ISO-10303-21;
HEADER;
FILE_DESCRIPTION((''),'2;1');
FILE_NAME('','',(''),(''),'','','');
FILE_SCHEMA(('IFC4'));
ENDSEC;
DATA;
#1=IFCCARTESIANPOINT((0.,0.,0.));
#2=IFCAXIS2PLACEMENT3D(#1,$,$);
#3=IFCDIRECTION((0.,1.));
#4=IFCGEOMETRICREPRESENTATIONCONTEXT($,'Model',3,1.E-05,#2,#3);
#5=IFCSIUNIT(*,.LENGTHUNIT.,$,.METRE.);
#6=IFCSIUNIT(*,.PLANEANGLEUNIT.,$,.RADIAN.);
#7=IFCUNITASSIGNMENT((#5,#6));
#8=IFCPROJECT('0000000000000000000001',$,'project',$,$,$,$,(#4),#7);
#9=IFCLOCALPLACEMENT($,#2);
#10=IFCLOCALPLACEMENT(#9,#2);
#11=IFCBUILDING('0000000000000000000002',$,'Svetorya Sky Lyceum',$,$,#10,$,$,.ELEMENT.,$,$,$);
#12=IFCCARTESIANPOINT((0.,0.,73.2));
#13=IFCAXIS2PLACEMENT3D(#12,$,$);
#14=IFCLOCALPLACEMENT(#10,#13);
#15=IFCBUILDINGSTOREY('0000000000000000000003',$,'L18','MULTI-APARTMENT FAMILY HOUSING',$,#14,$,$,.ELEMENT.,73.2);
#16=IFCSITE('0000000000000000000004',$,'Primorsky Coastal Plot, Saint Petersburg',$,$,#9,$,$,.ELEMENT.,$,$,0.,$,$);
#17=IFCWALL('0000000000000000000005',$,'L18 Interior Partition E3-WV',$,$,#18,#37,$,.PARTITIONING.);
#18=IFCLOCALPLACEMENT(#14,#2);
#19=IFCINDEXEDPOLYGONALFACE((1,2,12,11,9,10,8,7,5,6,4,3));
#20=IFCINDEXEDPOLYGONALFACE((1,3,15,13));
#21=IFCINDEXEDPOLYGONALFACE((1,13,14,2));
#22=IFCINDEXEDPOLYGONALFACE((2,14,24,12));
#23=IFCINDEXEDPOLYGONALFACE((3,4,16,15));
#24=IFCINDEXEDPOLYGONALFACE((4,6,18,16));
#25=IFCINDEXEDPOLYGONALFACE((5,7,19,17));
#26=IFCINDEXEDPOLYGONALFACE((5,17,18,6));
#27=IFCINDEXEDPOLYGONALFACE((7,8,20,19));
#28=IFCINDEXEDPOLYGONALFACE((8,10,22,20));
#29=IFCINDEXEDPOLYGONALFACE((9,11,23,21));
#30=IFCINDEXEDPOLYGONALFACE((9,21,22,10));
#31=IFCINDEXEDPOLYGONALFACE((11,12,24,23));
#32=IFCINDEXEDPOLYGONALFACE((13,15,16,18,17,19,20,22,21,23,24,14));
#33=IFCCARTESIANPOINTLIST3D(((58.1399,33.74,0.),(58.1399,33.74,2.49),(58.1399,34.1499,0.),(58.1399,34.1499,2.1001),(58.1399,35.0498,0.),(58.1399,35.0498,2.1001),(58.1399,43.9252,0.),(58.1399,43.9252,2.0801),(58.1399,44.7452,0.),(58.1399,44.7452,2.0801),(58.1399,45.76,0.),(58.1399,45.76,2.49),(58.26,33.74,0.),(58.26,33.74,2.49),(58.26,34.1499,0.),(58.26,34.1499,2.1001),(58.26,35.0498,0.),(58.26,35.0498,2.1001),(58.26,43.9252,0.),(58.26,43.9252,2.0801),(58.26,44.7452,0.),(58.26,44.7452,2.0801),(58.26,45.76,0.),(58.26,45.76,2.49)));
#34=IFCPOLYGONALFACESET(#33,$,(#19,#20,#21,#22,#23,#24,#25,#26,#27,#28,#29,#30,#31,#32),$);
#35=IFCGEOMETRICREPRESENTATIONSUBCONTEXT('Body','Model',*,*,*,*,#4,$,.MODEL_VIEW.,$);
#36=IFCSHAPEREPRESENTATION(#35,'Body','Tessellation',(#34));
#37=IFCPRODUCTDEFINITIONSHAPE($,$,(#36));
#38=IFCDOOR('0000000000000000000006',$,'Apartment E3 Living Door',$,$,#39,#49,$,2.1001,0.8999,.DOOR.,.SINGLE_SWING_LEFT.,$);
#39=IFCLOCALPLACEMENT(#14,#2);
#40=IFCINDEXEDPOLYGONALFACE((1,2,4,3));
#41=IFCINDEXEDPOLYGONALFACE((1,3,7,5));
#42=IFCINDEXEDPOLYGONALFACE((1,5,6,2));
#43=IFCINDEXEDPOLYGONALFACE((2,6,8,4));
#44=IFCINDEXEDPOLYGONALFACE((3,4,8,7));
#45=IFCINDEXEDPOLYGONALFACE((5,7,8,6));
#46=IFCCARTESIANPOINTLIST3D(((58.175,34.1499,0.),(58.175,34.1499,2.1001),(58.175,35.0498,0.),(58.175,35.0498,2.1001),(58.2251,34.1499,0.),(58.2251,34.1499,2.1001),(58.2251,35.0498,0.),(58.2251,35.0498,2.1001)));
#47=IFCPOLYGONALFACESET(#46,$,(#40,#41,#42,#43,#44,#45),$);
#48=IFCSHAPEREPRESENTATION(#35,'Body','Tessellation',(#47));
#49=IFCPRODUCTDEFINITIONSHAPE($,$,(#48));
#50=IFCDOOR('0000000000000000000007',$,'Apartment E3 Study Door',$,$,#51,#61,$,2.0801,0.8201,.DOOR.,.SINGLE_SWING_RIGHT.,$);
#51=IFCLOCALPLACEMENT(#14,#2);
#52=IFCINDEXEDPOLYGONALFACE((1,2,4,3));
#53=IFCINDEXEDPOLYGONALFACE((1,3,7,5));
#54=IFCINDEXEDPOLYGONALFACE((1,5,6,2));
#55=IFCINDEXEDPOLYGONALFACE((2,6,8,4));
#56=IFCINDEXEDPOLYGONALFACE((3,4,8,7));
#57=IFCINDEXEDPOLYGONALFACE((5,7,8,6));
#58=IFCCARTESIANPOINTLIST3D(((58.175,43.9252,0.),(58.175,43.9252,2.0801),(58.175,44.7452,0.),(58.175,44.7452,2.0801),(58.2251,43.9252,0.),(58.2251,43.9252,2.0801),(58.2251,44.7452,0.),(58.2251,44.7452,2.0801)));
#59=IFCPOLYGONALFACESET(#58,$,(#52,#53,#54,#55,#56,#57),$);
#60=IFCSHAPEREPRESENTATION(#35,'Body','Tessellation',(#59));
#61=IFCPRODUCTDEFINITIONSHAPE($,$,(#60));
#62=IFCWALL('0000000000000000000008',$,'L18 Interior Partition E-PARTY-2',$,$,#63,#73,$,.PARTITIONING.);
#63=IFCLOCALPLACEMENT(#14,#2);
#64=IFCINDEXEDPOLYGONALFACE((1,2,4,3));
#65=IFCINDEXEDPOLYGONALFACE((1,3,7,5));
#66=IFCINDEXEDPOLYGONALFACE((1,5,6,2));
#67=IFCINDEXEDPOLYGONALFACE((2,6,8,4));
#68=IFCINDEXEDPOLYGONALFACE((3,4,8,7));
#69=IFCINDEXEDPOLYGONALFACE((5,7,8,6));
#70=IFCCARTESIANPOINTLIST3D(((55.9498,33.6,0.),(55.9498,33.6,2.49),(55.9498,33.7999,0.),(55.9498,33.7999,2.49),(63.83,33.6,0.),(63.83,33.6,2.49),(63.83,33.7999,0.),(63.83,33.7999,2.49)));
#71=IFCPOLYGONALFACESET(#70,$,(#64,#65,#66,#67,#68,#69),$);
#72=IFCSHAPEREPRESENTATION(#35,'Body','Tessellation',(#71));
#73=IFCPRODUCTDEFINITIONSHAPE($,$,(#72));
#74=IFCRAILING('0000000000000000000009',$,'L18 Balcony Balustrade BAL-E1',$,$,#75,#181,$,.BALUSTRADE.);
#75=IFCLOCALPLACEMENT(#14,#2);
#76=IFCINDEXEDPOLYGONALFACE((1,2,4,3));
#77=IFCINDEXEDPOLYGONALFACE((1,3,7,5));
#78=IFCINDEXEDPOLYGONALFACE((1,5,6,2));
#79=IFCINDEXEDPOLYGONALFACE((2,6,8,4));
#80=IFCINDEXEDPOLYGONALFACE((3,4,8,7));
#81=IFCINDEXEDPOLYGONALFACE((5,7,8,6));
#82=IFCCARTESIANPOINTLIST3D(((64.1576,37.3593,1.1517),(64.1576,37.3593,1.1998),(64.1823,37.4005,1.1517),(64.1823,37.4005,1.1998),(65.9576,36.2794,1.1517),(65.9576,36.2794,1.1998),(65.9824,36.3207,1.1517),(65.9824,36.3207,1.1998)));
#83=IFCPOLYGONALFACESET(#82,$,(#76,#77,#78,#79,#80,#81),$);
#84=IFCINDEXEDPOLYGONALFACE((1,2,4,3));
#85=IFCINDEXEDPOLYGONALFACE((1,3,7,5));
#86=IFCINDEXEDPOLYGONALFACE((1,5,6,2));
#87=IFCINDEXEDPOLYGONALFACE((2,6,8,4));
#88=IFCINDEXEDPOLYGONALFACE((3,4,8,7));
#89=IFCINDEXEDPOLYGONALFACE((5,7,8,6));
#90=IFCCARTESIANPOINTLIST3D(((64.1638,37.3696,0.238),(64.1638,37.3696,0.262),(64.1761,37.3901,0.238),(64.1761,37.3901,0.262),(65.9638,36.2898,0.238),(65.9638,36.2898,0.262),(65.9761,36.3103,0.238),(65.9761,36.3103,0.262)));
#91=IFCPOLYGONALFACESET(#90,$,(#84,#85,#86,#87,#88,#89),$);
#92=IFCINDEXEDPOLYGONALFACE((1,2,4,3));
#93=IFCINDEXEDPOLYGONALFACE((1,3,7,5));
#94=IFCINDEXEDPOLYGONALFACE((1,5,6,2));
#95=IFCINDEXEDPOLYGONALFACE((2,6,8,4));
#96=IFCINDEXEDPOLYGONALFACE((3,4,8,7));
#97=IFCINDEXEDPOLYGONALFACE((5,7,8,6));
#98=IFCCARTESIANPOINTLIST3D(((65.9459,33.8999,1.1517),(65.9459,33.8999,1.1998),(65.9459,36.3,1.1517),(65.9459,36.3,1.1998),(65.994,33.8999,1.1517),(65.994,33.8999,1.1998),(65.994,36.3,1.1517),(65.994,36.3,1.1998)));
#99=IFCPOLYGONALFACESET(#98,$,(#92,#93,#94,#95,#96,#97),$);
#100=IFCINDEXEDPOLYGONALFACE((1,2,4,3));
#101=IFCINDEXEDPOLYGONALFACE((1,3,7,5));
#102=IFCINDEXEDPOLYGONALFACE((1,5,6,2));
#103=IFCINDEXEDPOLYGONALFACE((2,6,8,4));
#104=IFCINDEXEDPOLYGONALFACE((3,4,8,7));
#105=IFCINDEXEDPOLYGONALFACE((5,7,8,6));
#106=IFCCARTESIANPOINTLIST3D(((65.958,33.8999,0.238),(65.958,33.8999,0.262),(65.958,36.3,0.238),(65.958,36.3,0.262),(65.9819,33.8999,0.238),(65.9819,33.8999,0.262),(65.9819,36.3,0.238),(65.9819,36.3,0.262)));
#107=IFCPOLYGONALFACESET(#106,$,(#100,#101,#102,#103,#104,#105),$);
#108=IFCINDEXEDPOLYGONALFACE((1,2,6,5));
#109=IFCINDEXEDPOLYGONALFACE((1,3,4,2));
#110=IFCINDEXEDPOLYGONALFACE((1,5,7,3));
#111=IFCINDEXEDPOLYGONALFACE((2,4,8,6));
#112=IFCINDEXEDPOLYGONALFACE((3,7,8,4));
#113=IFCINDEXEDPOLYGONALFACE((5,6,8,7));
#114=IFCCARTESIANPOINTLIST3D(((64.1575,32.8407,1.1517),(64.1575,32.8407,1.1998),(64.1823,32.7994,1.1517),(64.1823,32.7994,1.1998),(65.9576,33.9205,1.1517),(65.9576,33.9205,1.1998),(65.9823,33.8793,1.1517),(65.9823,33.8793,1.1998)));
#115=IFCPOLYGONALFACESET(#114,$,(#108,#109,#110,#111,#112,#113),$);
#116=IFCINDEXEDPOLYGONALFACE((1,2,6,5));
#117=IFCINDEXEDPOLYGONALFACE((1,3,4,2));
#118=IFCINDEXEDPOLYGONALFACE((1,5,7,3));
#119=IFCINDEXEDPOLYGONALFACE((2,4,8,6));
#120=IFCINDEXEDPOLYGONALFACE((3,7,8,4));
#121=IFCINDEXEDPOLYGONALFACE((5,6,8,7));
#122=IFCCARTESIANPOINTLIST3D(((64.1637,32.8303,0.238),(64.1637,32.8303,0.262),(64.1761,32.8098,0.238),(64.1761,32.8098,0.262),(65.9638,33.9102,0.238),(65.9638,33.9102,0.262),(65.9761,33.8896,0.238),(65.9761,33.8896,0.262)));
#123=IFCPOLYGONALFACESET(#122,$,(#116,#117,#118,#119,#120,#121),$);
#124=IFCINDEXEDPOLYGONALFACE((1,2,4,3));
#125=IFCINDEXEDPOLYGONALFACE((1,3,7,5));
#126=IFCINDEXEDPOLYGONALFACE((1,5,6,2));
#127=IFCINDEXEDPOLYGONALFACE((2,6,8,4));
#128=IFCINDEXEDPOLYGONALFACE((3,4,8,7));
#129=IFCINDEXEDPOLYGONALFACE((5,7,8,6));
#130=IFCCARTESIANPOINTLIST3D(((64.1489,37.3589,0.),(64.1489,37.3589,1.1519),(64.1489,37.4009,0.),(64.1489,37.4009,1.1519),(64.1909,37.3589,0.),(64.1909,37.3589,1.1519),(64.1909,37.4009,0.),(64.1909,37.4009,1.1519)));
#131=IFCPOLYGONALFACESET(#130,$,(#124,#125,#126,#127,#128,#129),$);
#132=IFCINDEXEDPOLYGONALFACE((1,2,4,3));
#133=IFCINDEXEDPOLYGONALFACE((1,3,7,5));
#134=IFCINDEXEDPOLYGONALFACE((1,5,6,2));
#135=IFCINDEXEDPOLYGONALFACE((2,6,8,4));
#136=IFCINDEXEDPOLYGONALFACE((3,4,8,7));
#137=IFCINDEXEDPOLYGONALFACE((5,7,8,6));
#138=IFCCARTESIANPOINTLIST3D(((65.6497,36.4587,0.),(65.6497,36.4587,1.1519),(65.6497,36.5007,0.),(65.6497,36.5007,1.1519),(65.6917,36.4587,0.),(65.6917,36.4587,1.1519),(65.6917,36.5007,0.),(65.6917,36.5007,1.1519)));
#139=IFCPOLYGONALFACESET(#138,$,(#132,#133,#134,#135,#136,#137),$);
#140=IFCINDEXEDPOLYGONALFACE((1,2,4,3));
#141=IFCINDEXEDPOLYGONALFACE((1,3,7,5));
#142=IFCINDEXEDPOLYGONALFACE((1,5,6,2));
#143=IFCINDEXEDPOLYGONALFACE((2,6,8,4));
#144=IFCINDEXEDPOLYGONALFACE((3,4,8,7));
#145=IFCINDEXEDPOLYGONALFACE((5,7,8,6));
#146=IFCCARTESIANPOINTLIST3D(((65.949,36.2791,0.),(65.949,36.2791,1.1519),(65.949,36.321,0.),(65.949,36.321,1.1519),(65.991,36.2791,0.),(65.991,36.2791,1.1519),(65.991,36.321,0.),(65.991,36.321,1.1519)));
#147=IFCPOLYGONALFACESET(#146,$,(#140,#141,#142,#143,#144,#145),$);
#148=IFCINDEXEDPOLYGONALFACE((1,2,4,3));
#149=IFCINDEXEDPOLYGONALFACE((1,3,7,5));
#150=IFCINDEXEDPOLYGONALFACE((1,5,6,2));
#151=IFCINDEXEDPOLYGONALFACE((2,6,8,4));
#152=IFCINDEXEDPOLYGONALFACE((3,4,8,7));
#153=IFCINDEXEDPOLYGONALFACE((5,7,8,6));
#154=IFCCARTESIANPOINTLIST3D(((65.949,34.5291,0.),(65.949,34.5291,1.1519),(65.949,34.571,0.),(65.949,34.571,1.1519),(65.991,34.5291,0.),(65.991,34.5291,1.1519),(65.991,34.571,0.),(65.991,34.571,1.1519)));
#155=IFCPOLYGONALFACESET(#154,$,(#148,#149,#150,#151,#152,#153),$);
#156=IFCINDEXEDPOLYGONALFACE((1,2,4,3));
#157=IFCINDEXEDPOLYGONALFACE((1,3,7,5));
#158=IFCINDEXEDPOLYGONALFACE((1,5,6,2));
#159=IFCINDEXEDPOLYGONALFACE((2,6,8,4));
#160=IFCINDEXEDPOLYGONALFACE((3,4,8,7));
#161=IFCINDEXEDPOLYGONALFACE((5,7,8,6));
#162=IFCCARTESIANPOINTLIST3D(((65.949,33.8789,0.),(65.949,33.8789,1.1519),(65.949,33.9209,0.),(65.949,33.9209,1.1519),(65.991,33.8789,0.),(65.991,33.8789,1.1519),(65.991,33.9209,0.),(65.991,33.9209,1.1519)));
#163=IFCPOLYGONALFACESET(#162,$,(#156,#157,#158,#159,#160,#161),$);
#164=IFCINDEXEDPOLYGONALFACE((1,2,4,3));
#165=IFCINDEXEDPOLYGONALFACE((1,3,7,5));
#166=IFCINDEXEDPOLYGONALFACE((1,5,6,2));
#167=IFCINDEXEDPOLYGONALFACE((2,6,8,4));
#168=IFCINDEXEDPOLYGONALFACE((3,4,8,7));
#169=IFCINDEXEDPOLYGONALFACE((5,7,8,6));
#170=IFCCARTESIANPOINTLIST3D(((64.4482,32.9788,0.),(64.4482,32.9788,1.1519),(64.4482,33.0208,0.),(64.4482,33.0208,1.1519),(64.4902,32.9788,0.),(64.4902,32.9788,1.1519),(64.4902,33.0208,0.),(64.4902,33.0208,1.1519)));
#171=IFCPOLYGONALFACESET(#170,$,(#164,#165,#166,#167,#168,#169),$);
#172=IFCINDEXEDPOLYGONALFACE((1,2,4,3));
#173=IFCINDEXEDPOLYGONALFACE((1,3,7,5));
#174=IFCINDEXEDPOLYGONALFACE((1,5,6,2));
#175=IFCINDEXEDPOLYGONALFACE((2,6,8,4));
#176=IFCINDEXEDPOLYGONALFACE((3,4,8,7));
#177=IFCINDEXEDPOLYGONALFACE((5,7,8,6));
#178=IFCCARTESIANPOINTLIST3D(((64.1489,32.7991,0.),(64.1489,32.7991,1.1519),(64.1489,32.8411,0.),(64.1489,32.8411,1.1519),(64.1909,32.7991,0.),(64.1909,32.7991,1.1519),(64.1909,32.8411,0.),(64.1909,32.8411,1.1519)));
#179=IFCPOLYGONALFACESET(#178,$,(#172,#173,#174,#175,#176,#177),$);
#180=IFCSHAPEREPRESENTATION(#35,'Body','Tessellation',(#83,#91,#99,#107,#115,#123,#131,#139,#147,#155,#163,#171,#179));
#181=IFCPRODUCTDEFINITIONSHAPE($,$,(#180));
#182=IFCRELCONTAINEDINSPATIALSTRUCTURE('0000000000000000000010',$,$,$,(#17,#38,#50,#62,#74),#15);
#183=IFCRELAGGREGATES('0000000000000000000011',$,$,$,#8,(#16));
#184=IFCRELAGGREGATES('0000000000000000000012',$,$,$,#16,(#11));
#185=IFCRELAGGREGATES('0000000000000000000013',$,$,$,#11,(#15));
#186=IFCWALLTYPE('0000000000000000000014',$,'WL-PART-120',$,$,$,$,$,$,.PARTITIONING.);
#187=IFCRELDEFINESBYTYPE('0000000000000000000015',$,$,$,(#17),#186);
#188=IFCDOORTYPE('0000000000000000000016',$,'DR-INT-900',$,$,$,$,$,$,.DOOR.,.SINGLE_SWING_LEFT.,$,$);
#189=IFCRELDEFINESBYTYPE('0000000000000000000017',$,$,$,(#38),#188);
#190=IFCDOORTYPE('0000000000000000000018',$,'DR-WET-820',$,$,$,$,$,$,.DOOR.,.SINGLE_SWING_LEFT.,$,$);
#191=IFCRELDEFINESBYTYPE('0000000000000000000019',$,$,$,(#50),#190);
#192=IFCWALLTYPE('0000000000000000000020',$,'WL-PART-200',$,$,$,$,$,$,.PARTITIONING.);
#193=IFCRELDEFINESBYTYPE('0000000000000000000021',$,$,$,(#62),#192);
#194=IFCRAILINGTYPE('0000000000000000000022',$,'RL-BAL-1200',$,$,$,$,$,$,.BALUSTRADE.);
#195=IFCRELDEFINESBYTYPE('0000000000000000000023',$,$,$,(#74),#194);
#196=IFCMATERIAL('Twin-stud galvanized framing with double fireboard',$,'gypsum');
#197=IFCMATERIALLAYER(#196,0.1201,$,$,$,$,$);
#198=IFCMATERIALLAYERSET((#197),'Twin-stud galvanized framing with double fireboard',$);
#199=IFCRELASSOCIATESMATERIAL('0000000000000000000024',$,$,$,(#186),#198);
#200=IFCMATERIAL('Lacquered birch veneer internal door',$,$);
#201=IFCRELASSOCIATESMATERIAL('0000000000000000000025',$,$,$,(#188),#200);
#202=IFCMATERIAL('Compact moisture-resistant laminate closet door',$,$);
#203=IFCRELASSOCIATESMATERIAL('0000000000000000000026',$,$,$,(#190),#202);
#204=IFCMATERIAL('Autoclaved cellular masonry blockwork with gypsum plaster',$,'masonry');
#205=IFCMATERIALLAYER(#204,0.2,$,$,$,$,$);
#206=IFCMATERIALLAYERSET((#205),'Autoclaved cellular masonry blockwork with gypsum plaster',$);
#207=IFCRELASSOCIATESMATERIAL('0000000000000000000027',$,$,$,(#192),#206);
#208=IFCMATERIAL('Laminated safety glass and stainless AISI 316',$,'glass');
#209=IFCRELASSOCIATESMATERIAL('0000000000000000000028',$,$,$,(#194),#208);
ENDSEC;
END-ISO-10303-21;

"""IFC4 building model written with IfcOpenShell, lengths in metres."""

from ifc_helpers import new_model, si_unit, direction, frame, frame_2d, origin, origin_2d, place, context, subcontext, project, spatial, rectangle, extrude, material, layer, layer_set, type_object, element, fill, save


model = new_model("IFC4")

# Units and contexts
model_context = context("Model", 3, precision=1e-05, world=origin(), true_north=direction((0.0, 1.0)))
body_context = subcontext(model_context, "Body", "Model", "MODEL_VIEW")
ifc_project = project(units=[si_unit("LENGTHUNIT", "METRE"), si_unit("PLANEANGLEUNIT", "RADIAN")], contexts=[model_context])

# Site, building, storey
site_placement = place(None, origin())
site = spatial("IfcSite", under=ifc_project, at=site_placement, Name="Primorsky Coastal Plot, Saint Petersburg", CompositionType="ELEMENT", RefElevation=0.0)
building_placement = place(site_placement, origin())
building = spatial("IfcBuilding", under=site, at=building_placement, Name="Svetorya Sky Lyceum", CompositionType="ELEMENT")
storey_placement = place(building_placement, frame((0.0, 0.0, 73.2)))
storey = spatial("IfcBuildingStorey", under=building, at=storey_placement, Name="L18", Description="MULTI-APARTMENT FAMILY HOUSING", CompositionType="ELEMENT", Elevation=73.2)

# Shared definitions
ifc_material_1 = material(Name="Twin-stud galvanized framing with double fireboard", Category="gypsum")
ifc_layer_1 = layer(ifc_material_1, 0.1201)
ifc_layer_set_1 = layer_set([ifc_layer_1], Name="Twin-stud galvanized framing with double fireboard")
wall_type_1 = type_object("IfcWallType", Name="WL-PART-120", PredefinedType="PARTITIONING", material=ifc_layer_set_1)
ifc_material_2 = material(Name="Lacquered birch veneer internal door")
door_type_1 = type_object("IfcDoorType", Name="DR-INT-900", OperationType="SINGLE_SWING_LEFT", PredefinedType="DOOR", material=ifc_material_2)

# Wall, openings, doors
wall_1_placement = place(storey_placement, frame((58.2, 33.74, 0.0), z_axis=(0.0, 0.0, 1.0), x_axis=(0.0, 1.0, 0.0)))
wall_1 = element("IfcWall", 1, at=wall_1_placement, inside=storey, type_object=wall_type_1, Name="L18 Interior Partition E3-WV", PredefinedType="PARTITIONING", context=body_context, shape_type="SweptSolid", body=[
    extrude(rectangle(XDim=12.02, YDim=0.1201, at=frame_2d((6.01, 0.0))), origin(), (0.0, 0.0, 1.0), 2.49),
])
opening_1_placement = place(wall_1_placement, frame((0.4099, 0.0, 0.0)))
opening_1 = element("IfcOpeningElement", 2, at=opening_1_placement, cuts=wall_1, PredefinedType="OPENING", context=body_context, shape_type="SweptSolid", body=[
    extrude(rectangle(XDim=0.8999, YDim=2.1001, at=frame_2d((0.45, 1.05))), frame((0.0, 0.0701, 0.0), z_axis=(0.0, -1.0, 0.0), x_axis=(1.0, 0.0, 0.0)), (0.0, 0.0, 1.0), 0.1401),
])
opening_2_placement = place(wall_1_placement, frame((10.1851, 0.0, 0.0)))
opening_2 = element("IfcOpeningElement", 3, at=opening_2_placement, cuts=wall_1, PredefinedType="OPENING", context=body_context, shape_type="SweptSolid", body=[
    extrude(rectangle(XDim=0.8201, YDim=2.0801, at=frame_2d((0.4102, 1.04))), frame((0.0, 0.0701, 0.0), z_axis=(0.0, -1.0, 0.0), x_axis=(1.0, 0.0, 0.0)), (0.0, 0.0, 1.0), 0.1401),
])
door_1_placement = place(opening_1_placement, origin())
door_1 = element("IfcDoor", 4, at=door_1_placement, inside=storey, type_object=door_type_1, Name="Apartment E3 Living Door", OperationType="SINGLE_SWING_LEFT", OverallHeight=2.1001, OverallWidth=0.8999, PredefinedType="DOOR", context=body_context, shape_type="SweptSolid", body=[
    extrude(rectangle(XDim=0.8999, YDim=2.1001, at=frame_2d((0.45, 1.05))), frame((0.0, 0.0249, 0.0), z_axis=(0.0, -1.0, 0.0), x_axis=(1.0, 0.0, 0.0)), (0.0, 0.0, 1.0), 0.05),
])
fill(opening_1, door_1)
ifc_material_3 = material(Name="Compact moisture-resistant laminate closet door")
door_type_2 = type_object("IfcDoorType", Name="DR-WET-820", OperationType="SINGLE_SWING_LEFT", PredefinedType="DOOR", material=ifc_material_3)
door_2_placement = place(opening_2_placement, origin())
door_2 = element("IfcDoor", 5, at=door_2_placement, inside=storey, type_object=door_type_2, Name="Apartment E3 Study Door", OperationType="SINGLE_SWING_RIGHT", OverallHeight=2.0801, OverallWidth=0.8201, PredefinedType="DOOR", context=body_context, shape_type="SweptSolid", body=[
    extrude(rectangle(XDim=0.8201, YDim=2.0801, at=frame_2d((0.4102, 1.04))), frame((0.0, 0.0249, 0.0), z_axis=(0.0, -1.0, 0.0), x_axis=(1.0, 0.0, 0.0)), (0.0, 0.0, 1.0), 0.05),
])
fill(opening_2, door_2)

# Wall
ifc_material_4 = material(Name="Autoclaved cellular masonry blockwork with gypsum plaster", Category="masonry")
ifc_layer_2 = layer(ifc_material_4, 0.2)
ifc_layer_set_2 = layer_set([ifc_layer_2], Name="Autoclaved cellular masonry blockwork with gypsum plaster")
wall_type_2 = type_object("IfcWallType", Name="WL-PART-200", PredefinedType="PARTITIONING", material=ifc_layer_set_2)
wall_2_placement = place(storey_placement, frame((55.95, 33.7, 0.0), z_axis=(0.0, 0.0, 1.0), x_axis=(1.0, 0.0, 0.0)))
element("IfcWall", 6, at=wall_2_placement, inside=storey, type_object=wall_type_2, Name="L18 Interior Partition E-PARTY-2", PredefinedType="PARTITIONING", context=body_context, shape_type="SweptSolid", body=[
    extrude(rectangle(XDim=7.8801, YDim=0.2, at=frame_2d((3.9399, 0.0))), origin(), (0.0, 0.0, 1.0), 2.49),
])

# Railing
ifc_material_5 = material(Name="Laminated safety glass and stainless AISI 316", Category="glass")
railing_type = type_object("IfcRailingType", Name="RL-BAL-1200", PredefinedType="BALUSTRADE", material=ifc_material_5)
railing_placement = place(storey_placement, frame((64.1699, 37.3799, 0.0)))
element("IfcRailing", 7, at=railing_placement, inside=storey, type_object=railing_type, Name="L18 Balcony Balustrade BAL-E1", PredefinedType="BALUSTRADE", context=body_context, shape_type="SweptSolid", body=[
    extrude(rectangle(XDim=0.0481, YDim=0.0481, at=origin_2d()), frame((0.0, 0.0, 1.1758), z_axis=(0.857534, -0.514427, 0.0), x_axis=(0.514427, 0.857534, 0.0)), (0.0, 0.0, 1.0), 2.0991),
    extrude(rectangle(XDim=0.0239, YDim=0.0239, at=origin_2d()), frame((0.0, 0.0, 0.25), z_axis=(0.857534, -0.514427, 0.0), x_axis=(0.514427, 0.857534, 0.0)), (0.0, 0.0, 1.0), 2.0991),
    extrude(rectangle(XDim=0.0481, YDim=0.0481, at=origin_2d()), frame((1.8, -1.0798, 1.1758), z_axis=(0.0, -1.0, 0.0), x_axis=(1.0, 0.0, 0.0)), (0.0, 0.0, 1.0), 2.4001),
    extrude(rectangle(XDim=0.0239, YDim=0.0239, at=origin_2d()), frame((1.8, -1.0798, 0.25), z_axis=(0.0, -1.0, 0.0), x_axis=(1.0, 0.0, 0.0)), (0.0, 0.0, 1.0), 2.4001),
    extrude(rectangle(XDim=0.0481, YDim=0.0481, at=origin_2d()), frame((1.8, -3.48, 1.1758), z_axis=(-0.857534, -0.514427, 0.0), x_axis=(0.514427, -0.857534, 0.0)), (0.0, 0.0, 1.0), 2.0991),
    extrude(rectangle(XDim=0.0239, YDim=0.0239, at=origin_2d()), frame((1.8, -3.48, 0.25), z_axis=(-0.857534, -0.514427, 0.0), x_axis=(0.514427, -0.857534, 0.0)), (0.0, 0.0, 1.0), 2.0991),
    extrude(rectangle(XDim=0.042, YDim=0.042, at=origin_2d()), origin(), (0.0, 0.0, 1.0), 1.1519),
    extrude(rectangle(XDim=0.042, YDim=0.042, at=origin_2d()), frame((1.5007, -0.9001, 0.0)), (0.0, 0.0, 1.0), 1.1519),
    extrude(rectangle(XDim=0.042, YDim=0.042, at=origin_2d()), frame((1.8, -1.0798, 0.0)), (0.0, 0.0, 1.0), 1.1519),
    extrude(rectangle(XDim=0.042, YDim=0.042, at=origin_2d()), frame((1.8, -2.8298, 0.0)), (0.0, 0.0, 1.0), 1.1519),
    extrude(rectangle(XDim=0.042, YDim=0.042, at=origin_2d()), frame((1.8, -3.48, 0.0)), (0.0, 0.0, 1.0), 1.1519),
    extrude(rectangle(XDim=0.042, YDim=0.042, at=origin_2d()), frame((0.2993, -4.3801, 0.0)), (0.0, 0.0, 1.0), 1.1519),
    extrude(rectangle(XDim=0.042, YDim=0.042, at=origin_2d()), frame((0.0, -4.5598, 0.0)), (0.0, 0.0, 1.0), 1.1519),
])

save(model, "model.ifc")
